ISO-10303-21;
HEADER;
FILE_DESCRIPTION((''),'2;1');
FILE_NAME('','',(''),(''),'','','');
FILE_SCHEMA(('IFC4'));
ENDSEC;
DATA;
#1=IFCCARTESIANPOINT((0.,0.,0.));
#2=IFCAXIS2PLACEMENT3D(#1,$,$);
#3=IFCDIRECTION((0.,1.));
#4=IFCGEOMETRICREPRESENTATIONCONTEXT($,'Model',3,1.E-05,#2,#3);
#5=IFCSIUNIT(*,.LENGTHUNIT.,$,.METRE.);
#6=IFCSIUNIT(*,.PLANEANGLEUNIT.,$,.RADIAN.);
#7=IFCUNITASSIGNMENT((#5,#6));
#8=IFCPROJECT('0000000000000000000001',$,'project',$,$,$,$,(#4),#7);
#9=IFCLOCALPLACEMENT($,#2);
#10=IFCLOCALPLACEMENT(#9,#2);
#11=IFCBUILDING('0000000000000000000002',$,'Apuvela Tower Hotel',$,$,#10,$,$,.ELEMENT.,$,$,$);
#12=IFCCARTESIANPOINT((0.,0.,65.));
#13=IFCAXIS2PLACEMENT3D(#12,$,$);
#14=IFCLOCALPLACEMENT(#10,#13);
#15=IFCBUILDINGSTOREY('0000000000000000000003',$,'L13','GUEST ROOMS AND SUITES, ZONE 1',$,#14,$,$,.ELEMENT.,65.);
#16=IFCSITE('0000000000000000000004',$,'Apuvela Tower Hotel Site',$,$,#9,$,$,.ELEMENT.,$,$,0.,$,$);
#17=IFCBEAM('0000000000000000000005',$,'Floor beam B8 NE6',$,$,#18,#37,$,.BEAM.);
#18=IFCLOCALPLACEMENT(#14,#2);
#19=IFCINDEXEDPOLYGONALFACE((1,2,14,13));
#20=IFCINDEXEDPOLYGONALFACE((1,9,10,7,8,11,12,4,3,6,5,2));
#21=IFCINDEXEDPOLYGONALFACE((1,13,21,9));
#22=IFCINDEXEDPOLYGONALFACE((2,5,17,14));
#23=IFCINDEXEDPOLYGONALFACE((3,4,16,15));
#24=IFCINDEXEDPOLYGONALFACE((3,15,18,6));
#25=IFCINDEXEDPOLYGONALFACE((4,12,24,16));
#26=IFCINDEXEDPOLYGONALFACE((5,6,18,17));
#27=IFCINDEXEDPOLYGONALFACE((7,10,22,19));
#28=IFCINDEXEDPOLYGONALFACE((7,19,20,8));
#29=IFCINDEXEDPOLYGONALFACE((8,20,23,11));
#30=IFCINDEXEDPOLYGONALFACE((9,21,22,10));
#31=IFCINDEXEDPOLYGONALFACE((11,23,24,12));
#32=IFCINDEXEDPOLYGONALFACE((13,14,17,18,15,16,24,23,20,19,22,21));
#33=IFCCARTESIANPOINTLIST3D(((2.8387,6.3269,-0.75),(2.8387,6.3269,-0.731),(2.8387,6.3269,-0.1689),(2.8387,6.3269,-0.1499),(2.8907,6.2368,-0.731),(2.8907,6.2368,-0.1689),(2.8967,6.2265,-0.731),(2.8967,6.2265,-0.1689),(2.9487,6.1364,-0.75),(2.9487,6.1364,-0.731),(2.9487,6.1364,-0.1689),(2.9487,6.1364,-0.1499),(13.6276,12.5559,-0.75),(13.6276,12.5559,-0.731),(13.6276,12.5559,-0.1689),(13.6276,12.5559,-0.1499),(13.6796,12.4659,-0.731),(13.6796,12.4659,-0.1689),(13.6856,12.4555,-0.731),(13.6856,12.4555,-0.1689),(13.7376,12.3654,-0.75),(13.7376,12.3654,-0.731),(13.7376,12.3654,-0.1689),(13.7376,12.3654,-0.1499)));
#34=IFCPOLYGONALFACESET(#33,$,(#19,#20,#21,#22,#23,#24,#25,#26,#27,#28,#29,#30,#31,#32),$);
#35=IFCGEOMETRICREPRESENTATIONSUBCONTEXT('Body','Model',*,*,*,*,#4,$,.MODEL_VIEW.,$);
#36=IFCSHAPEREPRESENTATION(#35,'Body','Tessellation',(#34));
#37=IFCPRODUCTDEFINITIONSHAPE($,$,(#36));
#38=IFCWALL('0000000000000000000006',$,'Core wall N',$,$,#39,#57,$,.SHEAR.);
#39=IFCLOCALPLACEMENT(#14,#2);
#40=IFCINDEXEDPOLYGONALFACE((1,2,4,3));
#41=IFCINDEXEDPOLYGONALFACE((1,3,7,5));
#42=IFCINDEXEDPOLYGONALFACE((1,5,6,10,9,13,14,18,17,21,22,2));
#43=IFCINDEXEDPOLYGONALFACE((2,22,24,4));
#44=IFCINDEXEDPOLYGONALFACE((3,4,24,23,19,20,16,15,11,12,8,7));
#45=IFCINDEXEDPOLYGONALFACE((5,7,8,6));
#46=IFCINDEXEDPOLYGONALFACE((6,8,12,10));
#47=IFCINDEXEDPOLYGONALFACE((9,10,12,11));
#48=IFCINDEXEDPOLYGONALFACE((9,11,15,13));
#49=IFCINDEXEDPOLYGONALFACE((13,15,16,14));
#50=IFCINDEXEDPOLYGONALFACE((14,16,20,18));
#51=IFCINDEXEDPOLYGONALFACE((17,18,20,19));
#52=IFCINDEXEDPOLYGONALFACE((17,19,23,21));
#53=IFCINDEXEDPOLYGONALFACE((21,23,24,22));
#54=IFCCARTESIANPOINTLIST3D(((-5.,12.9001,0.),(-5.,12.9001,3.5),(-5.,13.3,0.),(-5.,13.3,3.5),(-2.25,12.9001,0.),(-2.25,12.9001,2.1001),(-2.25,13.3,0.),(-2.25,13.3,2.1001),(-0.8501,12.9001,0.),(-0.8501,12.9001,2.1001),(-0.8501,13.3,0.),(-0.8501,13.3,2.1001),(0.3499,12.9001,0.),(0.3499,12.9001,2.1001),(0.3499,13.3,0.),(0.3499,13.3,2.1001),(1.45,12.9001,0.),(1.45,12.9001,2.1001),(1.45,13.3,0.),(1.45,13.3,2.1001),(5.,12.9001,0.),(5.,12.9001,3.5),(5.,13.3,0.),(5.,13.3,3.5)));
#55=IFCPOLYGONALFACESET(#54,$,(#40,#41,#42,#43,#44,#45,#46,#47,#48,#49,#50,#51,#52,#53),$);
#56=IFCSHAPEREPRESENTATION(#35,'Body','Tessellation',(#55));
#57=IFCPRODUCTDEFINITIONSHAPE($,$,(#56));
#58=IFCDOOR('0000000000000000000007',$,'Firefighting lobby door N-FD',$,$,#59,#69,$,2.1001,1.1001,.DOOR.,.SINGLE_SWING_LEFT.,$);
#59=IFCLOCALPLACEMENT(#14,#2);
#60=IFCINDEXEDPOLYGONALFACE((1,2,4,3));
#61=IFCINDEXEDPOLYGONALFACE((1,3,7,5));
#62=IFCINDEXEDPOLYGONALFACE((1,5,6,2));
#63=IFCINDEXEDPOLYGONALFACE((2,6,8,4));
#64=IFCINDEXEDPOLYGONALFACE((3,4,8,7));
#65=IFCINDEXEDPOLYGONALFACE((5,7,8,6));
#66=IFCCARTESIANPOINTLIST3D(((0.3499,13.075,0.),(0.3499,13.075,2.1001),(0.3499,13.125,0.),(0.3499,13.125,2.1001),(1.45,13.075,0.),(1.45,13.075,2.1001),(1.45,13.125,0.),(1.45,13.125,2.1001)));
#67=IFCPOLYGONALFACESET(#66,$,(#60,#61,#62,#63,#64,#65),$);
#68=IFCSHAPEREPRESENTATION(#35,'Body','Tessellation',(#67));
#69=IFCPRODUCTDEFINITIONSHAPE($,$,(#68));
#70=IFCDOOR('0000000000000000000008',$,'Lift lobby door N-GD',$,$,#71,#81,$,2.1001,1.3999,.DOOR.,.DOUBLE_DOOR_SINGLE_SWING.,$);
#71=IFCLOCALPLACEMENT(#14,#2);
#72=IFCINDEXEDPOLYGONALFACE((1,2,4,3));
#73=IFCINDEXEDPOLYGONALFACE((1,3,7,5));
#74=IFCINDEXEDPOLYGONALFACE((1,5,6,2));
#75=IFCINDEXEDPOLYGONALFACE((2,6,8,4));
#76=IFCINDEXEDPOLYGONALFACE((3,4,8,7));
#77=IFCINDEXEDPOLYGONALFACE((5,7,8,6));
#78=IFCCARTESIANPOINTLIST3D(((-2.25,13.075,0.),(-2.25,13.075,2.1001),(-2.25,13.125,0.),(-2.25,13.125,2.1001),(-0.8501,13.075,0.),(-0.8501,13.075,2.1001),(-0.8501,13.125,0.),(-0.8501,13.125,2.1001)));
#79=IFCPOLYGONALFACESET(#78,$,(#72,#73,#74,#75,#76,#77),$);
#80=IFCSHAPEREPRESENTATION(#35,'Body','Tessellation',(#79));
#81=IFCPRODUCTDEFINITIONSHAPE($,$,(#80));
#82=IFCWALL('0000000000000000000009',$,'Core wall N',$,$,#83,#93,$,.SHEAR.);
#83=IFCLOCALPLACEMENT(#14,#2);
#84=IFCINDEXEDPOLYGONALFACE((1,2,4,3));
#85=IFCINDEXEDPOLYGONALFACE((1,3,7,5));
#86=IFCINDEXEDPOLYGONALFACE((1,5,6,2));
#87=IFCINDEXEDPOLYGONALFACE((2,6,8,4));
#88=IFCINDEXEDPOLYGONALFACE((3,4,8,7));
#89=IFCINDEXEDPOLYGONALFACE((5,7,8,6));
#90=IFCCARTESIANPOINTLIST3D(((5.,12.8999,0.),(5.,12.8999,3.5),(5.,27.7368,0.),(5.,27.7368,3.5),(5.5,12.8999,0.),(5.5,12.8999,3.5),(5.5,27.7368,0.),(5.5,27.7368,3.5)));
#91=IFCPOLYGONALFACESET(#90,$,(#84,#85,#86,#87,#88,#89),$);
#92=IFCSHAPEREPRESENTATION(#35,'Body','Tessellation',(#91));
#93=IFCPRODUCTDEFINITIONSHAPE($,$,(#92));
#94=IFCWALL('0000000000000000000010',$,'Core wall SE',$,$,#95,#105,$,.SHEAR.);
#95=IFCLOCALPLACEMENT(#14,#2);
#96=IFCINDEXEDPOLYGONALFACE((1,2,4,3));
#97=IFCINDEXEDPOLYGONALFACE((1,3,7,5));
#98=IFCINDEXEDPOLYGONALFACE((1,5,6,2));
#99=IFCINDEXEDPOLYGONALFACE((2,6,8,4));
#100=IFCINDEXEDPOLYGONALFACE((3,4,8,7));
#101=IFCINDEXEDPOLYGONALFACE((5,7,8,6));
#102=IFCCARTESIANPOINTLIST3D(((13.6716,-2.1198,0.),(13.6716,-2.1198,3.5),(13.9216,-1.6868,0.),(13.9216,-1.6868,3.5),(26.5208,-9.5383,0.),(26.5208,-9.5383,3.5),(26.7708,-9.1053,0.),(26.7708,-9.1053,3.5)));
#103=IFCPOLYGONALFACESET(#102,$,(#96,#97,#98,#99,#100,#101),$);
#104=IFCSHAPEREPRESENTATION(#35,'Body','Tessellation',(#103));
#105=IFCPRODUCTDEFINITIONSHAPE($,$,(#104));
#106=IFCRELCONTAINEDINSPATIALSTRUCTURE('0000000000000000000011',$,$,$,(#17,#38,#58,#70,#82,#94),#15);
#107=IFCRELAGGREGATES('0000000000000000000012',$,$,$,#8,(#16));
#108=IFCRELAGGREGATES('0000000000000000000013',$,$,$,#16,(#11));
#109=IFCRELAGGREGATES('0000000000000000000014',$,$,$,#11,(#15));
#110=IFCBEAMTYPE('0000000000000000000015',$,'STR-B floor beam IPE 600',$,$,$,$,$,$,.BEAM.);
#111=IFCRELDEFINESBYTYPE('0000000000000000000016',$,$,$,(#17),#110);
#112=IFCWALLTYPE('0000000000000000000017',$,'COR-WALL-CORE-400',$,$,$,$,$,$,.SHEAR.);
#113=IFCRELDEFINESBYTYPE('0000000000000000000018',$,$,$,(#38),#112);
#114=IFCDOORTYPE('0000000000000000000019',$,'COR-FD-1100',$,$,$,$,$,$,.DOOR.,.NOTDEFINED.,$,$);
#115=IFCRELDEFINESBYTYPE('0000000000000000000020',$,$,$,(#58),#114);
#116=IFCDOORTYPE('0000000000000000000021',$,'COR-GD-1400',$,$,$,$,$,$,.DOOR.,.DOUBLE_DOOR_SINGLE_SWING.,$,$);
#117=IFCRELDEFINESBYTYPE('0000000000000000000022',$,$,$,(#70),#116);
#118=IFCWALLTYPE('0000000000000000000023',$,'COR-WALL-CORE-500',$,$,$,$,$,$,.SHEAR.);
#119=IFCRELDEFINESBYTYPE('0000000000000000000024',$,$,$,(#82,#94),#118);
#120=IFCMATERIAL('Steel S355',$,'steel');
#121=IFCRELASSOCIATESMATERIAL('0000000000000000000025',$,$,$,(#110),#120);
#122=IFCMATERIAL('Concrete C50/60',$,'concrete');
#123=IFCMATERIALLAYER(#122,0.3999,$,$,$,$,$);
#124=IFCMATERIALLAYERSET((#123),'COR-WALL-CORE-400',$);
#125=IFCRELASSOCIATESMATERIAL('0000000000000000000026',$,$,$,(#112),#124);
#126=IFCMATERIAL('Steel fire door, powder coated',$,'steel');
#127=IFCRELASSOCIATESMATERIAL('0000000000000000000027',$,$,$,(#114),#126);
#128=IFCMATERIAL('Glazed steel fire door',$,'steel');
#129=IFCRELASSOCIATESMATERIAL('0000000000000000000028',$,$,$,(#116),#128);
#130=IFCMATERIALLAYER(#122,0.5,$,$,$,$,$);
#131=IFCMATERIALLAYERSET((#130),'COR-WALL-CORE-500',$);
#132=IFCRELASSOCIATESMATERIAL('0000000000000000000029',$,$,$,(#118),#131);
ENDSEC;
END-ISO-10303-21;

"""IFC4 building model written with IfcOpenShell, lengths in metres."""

from ifc_helpers import new_model, si_unit, direction, frame, frame_2d, origin, origin_2d, place, context, subcontext, project, spatial, rectangle, i_section, extrude, material, layer, layer_set, material_profile, profile_set, type_object, element, fill, save


model = new_model("IFC4")

# Units and contexts
model_context = context("Model", 3, precision=1e-05, world=origin(), true_north=direction((0.0, 1.0)))
body_context = subcontext(model_context, "Body", "Model", "MODEL_VIEW")
ifc_project = project(units=[si_unit("LENGTHUNIT", "METRE"), si_unit("PLANEANGLEUNIT", "RADIAN")], contexts=[model_context])

# Site, building, storey
site_placement = place(None, origin())
site = spatial("IfcSite", under=ifc_project, at=site_placement, Name="Apuvela Tower Hotel Site", CompositionType="ELEMENT", RefElevation=0.0)
building_placement = place(site_placement, origin())
building = spatial("IfcBuilding", under=site, at=building_placement, Name="Apuvela Tower Hotel", CompositionType="ELEMENT")
storey_placement = place(building_placement, frame((0.0, 0.0, 65.0)))
storey = spatial("IfcBuildingStorey", under=building, at=storey_placement, Name="L13", Description="GUEST ROOMS AND SUITES, ZONE 1", CompositionType="ELEMENT", Elevation=65.0)

# Beam
ifc_material_1 = material(Name="Steel S355", Category="steel")
ifc_material_profile = material_profile(ifc_material_1, i_section(OverallWidth=0.22, OverallDepth=0.6001, WebThickness=0.012, FlangeThickness=0.019, at=origin_2d()), Name="IPE 600")
ifc_profile_set = profile_set([ifc_material_profile], Name="Steel S355")
beam_type = type_object("IfcBeamType", Name="STR-B floor beam IPE 600", PredefinedType="BEAM", material=ifc_profile_set)
beam_placement = place(storey_placement, frame((13.6826, 12.4607, -0.45), z_axis=(-0.866023, -0.500005, 0.0), x_axis=(0.500005, -0.866023, 0.0)))
element("IfcBeam", 1, at=beam_placement, inside=storey, type_object=beam_type, Name="Floor beam B8 NE6", PredefinedType="BEAM", context=body_context, shape_type="SweptSolid", body=[
    extrude(i_section(OverallWidth=0.22, OverallDepth=0.6001, WebThickness=0.012, FlangeThickness=0.019, at=origin_2d()), origin(), (0.0, 0.0, 1.0), 12.458),
])

# Wall, openings, doors
ifc_material_2 = material(Name="Concrete C50/60", Category="concrete")
ifc_layer_1 = layer(ifc_material_2, 0.3999)
ifc_layer_set_1 = layer_set([ifc_layer_1], Name="COR-WALL-CORE-400")
wall_type_1 = type_object("IfcWallType", Name="COR-WALL-CORE-400", PredefinedType="SHEAR", material=ifc_layer_set_1)
wall_1_placement = place(storey_placement, frame((5.0, 13.1001, 0.0), z_axis=(0.0, 0.0, 1.0), x_axis=(-1.0, 0.0, 0.0)))
wall_1 = element("IfcWall", 2, at=wall_1_placement, inside=storey, type_object=wall_type_1, Name="Core wall N", PredefinedType="SHEAR", context=body_context, shape_type="SweptSolid", body=[
    extrude(rectangle(XDim=10.0, YDim=0.3999, at=frame_2d((5.0, 0.0))), origin(), (0.0, 0.0, 1.0), 3.5),
])
opening_1_placement = place(wall_1_placement, frame((3.55, 0.0, 0.0)))
opening_1 = element("IfcOpeningElement", 3, at=opening_1_placement, cuts=wall_1, PredefinedType="OPENING", context=body_context, shape_type="SweptSolid", body=[
    extrude(rectangle(XDim=1.1001, YDim=2.1001, at=frame_2d((0.55, 1.05))), frame((0.0, 0.21, 0.0), z_axis=(0.0, -1.0, 0.0), x_axis=(1.0, 0.0, 0.0)), (0.0, 0.0, 1.0), 0.4199),
])
opening_2_placement = place(wall_1_placement, frame((5.8501, 0.0, 0.0)))
opening_2 = element("IfcOpeningElement", 4, at=opening_2_placement, cuts=wall_1, PredefinedType="OPENING", context=body_context, shape_type="SweptSolid", body=[
    extrude(rectangle(XDim=1.3999, YDim=2.1001, at=frame_2d((0.7, 1.05))), frame((0.0, 0.21, 0.0), z_axis=(0.0, -1.0, 0.0), x_axis=(1.0, 0.0, 0.0)), (0.0, 0.0, 1.0), 0.4199),
])
ifc_material_3 = material(Name="Steel fire door, powder coated", Category="steel")
door_type_1 = type_object("IfcDoorType", Name="COR-FD-1100", OperationType="NOTDEFINED", PredefinedType="DOOR", material=ifc_material_3)
door_1_placement = place(opening_1_placement, frame((1.1001, 0.0, 0.0), z_axis=(0.0, 0.0, 1.0), x_axis=(-1.0, 0.0, 0.0)))
door_1 = element("IfcDoor", 5, at=door_1_placement, inside=storey, type_object=door_type_1, Name="Firefighting lobby door N-FD", OperationType="SINGLE_SWING_LEFT", OverallHeight=2.1001, OverallWidth=1.1001, PredefinedType="DOOR", context=body_context, shape_type="SweptSolid", body=[
    extrude(rectangle(XDim=1.1001, YDim=2.1001, at=frame_2d((0.55, 1.05))), frame((0.0, 0.0249, 0.0), z_axis=(0.0, -1.0, 0.0), x_axis=(1.0, 0.0, 0.0)), (0.0, 0.0, 1.0), 0.05),
])
fill(opening_1, door_1)
ifc_material_4 = material(Name="Glazed steel fire door", Category="steel")
door_type_2 = type_object("IfcDoorType", Name="COR-GD-1400", OperationType="DOUBLE_DOOR_SINGLE_SWING", PredefinedType="DOOR", material=ifc_material_4)
door_2_placement = place(opening_2_placement, frame((1.3999, 0.0, 0.0), z_axis=(0.0, 0.0, 1.0), x_axis=(-1.0, 0.0, 0.0)))
door_2 = element("IfcDoor", 6, at=door_2_placement, inside=storey, type_object=door_type_2, Name="Lift lobby door N-GD", OperationType="DOUBLE_DOOR_SINGLE_SWING", OverallHeight=2.1001, OverallWidth=1.3999, PredefinedType="DOOR", context=body_context, shape_type="SweptSolid", body=[
    extrude(rectangle(XDim=1.3999, YDim=2.1001, at=frame_2d((0.7, 1.05))), frame((0.0, 0.0249, 0.0), z_axis=(0.0, -1.0, 0.0), x_axis=(1.0, 0.0, 0.0)), (0.0, 0.0, 1.0), 0.05),
])
fill(opening_2, door_2)

# Walls
ifc_layer_2 = layer(ifc_material_2, 0.5)
ifc_layer_set_2 = layer_set([ifc_layer_2], Name="COR-WALL-CORE-500")
wall_type_2 = type_object("IfcWallType", Name="COR-WALL-CORE-500", PredefinedType="SHEAR", material=ifc_layer_set_2)
for number, where, z_axis, x_axis, name in (
    (7, (5.25, 12.8999, 0.0), (0.0, 0.0, 1.0), (0.0, 1.0, 0.0), "Core wall N"),
    (8, (13.7966, -1.9033, 0.0), (0.0, 0.0, 1.0), (0.866025, -0.500001, 0.0), "Core wall SE"),
):
    element("IfcWall", number, at=place(storey_placement, frame(where, z_axis=z_axis, x_axis=x_axis)), inside=storey, type_object=wall_type_2, Name=name, PredefinedType="SHEAR", context=body_context, shape_type="SweptSolid", body=[
        extrude(rectangle(XDim=14.8369, YDim=0.5, at=frame_2d((7.4185, 0.0))), origin(), (0.0, 0.0, 1.0), 3.5),
    ])

save(model, "model.ifc")
